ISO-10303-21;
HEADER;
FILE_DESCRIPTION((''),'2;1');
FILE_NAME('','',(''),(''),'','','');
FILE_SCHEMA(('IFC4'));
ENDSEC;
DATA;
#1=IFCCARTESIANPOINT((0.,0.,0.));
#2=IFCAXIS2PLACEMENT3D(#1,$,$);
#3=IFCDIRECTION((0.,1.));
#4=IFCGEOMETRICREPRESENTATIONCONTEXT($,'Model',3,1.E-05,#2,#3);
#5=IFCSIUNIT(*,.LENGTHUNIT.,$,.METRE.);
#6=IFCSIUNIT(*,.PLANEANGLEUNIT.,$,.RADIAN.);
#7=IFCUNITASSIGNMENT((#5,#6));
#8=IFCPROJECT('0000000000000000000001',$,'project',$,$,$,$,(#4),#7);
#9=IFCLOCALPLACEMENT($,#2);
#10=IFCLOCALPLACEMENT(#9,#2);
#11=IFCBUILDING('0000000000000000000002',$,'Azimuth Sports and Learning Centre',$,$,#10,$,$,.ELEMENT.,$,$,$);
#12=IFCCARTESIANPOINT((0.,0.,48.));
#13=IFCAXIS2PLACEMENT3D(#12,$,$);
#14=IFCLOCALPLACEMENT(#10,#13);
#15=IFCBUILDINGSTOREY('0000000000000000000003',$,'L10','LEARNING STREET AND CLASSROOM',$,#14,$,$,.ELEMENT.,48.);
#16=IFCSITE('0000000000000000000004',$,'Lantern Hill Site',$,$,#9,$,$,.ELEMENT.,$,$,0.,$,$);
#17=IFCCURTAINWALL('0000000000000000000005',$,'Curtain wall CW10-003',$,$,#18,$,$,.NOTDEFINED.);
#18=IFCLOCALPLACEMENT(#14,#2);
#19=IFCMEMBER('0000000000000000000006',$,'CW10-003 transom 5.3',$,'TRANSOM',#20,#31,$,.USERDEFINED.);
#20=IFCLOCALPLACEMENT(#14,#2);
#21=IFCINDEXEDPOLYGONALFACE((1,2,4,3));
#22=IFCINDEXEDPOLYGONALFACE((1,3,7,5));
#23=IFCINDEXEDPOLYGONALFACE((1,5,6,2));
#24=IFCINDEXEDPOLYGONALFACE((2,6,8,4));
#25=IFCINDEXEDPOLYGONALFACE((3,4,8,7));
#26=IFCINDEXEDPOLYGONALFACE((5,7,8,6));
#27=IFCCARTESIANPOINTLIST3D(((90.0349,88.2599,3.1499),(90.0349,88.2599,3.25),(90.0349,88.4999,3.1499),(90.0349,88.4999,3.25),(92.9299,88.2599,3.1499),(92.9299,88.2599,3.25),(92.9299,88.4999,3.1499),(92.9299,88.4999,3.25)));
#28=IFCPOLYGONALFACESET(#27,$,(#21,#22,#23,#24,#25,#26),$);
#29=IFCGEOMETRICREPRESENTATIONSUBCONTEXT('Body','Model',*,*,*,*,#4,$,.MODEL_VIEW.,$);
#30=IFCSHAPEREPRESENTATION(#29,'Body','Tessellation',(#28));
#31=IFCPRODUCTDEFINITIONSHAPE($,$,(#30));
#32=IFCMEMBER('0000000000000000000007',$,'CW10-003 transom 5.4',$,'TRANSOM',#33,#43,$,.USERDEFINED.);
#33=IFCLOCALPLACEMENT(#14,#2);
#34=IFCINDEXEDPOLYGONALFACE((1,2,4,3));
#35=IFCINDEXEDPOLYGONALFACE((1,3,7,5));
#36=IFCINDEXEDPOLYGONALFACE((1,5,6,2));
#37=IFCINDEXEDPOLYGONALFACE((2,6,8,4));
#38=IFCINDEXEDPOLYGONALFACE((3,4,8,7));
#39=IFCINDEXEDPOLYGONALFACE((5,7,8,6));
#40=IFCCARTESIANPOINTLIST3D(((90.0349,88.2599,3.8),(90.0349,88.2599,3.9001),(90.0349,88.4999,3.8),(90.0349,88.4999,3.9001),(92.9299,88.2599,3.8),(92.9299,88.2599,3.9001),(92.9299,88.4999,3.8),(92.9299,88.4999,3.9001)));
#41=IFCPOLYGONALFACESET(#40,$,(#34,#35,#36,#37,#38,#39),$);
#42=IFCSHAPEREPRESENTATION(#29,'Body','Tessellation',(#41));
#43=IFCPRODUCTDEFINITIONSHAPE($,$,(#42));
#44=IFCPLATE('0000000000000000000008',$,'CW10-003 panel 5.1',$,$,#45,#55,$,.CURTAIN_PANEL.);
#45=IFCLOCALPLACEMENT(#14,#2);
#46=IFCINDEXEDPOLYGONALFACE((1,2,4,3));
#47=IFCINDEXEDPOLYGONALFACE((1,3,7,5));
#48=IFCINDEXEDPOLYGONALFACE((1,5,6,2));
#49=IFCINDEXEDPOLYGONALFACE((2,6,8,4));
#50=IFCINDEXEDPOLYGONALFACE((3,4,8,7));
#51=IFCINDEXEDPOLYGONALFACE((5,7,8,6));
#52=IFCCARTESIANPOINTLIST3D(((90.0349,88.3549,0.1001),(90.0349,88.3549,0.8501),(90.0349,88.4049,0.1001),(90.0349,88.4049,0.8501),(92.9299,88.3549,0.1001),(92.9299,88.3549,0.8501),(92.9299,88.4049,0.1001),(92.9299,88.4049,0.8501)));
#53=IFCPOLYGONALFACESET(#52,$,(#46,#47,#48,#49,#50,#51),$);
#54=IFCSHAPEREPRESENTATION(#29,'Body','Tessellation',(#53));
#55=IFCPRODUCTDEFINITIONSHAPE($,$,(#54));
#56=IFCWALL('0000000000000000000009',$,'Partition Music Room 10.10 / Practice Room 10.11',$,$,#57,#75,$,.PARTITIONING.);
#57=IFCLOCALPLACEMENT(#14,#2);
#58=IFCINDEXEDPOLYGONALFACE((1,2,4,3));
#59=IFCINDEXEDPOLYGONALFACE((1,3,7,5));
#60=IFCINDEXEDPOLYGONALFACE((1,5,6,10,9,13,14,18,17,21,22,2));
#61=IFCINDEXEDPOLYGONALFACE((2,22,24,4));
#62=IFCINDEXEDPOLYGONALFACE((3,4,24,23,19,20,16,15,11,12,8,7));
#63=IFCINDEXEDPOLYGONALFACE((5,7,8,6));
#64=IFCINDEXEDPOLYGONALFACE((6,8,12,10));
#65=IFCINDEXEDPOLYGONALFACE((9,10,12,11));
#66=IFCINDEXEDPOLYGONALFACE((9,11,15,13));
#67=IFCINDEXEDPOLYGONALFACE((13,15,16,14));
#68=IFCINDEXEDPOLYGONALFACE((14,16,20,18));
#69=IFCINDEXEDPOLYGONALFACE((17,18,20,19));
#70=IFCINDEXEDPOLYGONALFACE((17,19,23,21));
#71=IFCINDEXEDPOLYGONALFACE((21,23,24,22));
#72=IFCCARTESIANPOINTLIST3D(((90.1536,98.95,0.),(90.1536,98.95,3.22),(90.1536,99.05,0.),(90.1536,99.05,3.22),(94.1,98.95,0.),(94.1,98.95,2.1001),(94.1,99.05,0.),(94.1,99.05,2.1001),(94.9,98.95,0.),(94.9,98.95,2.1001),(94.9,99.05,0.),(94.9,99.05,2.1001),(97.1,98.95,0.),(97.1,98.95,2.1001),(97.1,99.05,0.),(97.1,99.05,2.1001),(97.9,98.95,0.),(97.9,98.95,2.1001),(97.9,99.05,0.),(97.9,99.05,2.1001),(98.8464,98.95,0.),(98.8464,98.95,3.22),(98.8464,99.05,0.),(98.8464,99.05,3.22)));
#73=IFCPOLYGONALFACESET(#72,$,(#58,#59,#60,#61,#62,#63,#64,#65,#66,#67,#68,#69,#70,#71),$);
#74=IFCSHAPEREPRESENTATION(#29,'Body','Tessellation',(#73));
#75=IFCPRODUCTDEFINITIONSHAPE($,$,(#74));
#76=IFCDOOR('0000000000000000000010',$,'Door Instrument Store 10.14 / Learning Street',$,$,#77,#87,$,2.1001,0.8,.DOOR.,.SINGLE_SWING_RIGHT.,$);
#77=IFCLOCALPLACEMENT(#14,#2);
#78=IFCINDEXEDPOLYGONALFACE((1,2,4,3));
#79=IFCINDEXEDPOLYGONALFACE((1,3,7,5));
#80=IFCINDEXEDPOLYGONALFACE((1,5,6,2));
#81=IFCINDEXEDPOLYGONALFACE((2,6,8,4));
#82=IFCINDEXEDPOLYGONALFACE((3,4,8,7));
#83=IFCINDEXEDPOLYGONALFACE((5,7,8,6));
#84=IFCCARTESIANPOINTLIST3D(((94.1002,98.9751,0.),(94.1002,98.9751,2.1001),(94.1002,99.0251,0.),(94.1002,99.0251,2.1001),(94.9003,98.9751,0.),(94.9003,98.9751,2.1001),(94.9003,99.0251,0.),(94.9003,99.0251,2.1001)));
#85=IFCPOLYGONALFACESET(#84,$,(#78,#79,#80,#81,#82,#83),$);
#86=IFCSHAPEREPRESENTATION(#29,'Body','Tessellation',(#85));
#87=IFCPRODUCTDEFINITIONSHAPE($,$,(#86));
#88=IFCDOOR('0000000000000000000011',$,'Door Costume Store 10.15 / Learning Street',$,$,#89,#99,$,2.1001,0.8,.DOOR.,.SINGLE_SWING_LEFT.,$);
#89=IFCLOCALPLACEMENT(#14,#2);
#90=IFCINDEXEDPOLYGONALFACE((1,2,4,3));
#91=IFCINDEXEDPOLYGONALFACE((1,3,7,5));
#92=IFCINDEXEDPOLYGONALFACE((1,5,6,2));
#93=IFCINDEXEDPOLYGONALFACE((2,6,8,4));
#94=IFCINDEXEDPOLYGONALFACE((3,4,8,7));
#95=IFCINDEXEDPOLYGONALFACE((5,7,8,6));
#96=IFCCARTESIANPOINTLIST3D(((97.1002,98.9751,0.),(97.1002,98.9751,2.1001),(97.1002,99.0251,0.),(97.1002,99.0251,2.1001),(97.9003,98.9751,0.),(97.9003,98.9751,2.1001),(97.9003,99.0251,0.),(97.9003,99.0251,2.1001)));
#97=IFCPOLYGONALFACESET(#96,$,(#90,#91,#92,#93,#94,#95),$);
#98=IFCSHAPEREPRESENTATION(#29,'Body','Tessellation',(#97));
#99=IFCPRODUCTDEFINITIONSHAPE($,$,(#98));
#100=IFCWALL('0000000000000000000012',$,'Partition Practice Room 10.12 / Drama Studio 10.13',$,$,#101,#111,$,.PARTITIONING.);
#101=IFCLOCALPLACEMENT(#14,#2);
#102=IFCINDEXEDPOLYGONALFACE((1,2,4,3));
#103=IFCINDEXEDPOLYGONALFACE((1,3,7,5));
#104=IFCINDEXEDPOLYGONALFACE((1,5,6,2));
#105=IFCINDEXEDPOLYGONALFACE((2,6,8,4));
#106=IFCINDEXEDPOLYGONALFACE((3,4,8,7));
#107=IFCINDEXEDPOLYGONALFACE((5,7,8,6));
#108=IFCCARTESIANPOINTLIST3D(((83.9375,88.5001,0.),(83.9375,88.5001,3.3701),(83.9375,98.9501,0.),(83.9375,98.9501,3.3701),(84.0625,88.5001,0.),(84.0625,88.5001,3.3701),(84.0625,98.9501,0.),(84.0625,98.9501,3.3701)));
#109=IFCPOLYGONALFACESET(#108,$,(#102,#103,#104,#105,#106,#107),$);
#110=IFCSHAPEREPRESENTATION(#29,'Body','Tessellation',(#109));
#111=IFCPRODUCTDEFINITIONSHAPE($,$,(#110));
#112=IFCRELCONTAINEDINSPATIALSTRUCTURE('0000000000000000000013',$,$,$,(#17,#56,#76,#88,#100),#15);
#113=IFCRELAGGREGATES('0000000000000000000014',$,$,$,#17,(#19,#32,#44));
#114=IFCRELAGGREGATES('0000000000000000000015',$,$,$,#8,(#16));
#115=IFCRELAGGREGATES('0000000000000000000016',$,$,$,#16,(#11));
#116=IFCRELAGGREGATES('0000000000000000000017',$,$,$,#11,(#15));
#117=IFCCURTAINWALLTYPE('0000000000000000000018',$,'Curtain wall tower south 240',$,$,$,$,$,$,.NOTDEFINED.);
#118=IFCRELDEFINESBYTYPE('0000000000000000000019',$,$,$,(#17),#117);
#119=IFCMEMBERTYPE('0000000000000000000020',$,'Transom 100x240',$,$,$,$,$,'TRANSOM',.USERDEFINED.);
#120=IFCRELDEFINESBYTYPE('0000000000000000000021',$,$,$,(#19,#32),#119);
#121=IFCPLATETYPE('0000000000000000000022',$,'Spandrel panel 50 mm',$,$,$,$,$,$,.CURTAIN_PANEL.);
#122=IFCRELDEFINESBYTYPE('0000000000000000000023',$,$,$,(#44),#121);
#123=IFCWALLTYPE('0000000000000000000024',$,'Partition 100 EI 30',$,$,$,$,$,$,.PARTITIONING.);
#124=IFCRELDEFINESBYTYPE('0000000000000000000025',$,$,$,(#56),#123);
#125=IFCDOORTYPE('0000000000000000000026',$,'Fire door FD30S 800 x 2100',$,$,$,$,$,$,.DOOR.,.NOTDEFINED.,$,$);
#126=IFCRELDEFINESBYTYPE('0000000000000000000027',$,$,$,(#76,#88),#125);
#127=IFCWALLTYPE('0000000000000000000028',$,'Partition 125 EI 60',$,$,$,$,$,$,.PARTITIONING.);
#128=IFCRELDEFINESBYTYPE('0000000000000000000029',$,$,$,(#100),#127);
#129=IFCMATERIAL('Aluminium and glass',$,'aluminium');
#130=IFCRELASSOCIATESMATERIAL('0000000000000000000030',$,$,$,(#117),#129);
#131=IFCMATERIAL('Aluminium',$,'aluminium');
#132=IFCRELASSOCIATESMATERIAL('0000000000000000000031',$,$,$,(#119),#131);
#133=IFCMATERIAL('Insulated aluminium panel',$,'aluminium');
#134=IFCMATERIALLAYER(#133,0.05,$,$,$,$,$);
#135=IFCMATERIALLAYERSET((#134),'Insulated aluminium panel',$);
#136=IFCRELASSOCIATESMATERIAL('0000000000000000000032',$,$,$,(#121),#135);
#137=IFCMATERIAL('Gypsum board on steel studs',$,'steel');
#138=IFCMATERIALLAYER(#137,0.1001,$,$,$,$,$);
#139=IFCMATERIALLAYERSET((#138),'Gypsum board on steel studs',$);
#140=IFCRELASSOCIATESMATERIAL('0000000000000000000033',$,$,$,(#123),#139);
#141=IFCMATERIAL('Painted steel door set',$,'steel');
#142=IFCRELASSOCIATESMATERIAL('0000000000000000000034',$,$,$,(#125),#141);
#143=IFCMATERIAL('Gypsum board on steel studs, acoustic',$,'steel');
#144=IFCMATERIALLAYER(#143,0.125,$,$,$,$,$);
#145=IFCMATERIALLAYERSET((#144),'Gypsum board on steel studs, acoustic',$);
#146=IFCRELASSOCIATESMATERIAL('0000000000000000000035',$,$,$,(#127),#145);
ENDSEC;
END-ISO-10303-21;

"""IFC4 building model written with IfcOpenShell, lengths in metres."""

from ifc_helpers import new_model, si_unit, direction, frame, frame_2d, origin, origin_2d, place, context, subcontext, project, spatial, rectangle, extrude, material, layer, layer_set, material_profile, profile_set, type_object, element, fill, aggregate, save


model = new_model("IFC4")

# Units and contexts
model_context = context("Model", 3, precision=1e-05, world=origin(), true_north=direction((0.0, 1.0)))
body_context = subcontext(model_context, "Body", "Model", "MODEL_VIEW")
ifc_project = project(units=[si_unit("LENGTHUNIT", "METRE"), si_unit("PLANEANGLEUNIT", "RADIAN")], contexts=[model_context])

# Site, building, storey
site_placement = place(None, origin())
site = spatial("IfcSite", under=ifc_project, at=site_placement, Name="Lantern Hill Site", CompositionType="ELEMENT", RefElevation=0.0)
building_placement = place(site_placement, origin())
building = spatial("IfcBuilding", under=site, at=building_placement, Name="Azimuth Sports and Learning Centre", CompositionType="ELEMENT")
storey_placement = place(building_placement, frame((0.0, 0.0, 48.0)))
storey = spatial("IfcBuildingStorey", under=building, at=storey_placement, Name="L10", Description="LEARNING STREET AND CLASSROOM", CompositionType="ELEMENT", Elevation=48.0)

# Curtain wall, members, plate
ifc_material_1 = material(Name="Aluminium and glass", Category="aluminium")
curtain_wall_type = type_object("IfcCurtainWallType", Name="Curtain wall tower south 240", PredefinedType="NOTDEFINED", material=ifc_material_1)
curtain_wall_placement = place(storey_placement, origin())
curtain_wall = element("IfcCurtainWall", 1, at=curtain_wall_placement, inside=storey, type_object=curtain_wall_type, Name="Curtain wall CW10-003", PredefinedType="NOTDEFINED")
ifc_material_2 = material(Name="Aluminium", Category="aluminium")
ifc_material_profile_1 = material_profile(ifc_material_2, rectangle(XDim=0.24, YDim=0.1001, at=origin_2d()), Name="Transom 100x240")
ifc_profile_set_1 = profile_set([ifc_material_profile_1], Name="Aluminium")
member_type = type_object("IfcMemberType", Name="Transom 100x240", ElementType="TRANSOM", PredefinedType="USERDEFINED", material=ifc_profile_set_1)
member_1_placement = place(storey_placement, frame((90.0349, 88.3799, 3.2), z_axis=(1.0, 0.0, 0.0), x_axis=(0.0, 1.0, 0.0)))
member_1 = element("IfcMember", 2, at=member_1_placement, type_object=member_type, Name="CW10-003 transom 5.3", ObjectType="TRANSOM", PredefinedType="USERDEFINED", context=body_context, shape_type="SweptSolid", body=[
    extrude(rectangle(XDim=0.24, YDim=0.1001, at=origin_2d()), origin(), (0.0, 0.0, 1.0), 2.895),
])
member_2_placement = place(storey_placement, frame((90.0349, 88.3799, 3.8501), z_axis=(1.0, 0.0, 0.0), x_axis=(0.0, 1.0, 0.0)))
member_2 = element("IfcMember", 3, at=member_2_placement, type_object=member_type, Name="CW10-003 transom 5.4", ObjectType="TRANSOM", PredefinedType="USERDEFINED", context=body_context, shape_type="SweptSolid", body=[
    extrude(rectangle(XDim=0.24, YDim=0.1001, at=origin_2d()), origin(), (0.0, 0.0, 1.0), 2.895),
])
ifc_material_3 = material(Name="Insulated aluminium panel", Category="aluminium")
ifc_layer_1 = layer(ifc_material_3, 0.05)
ifc_layer_set_1 = layer_set([ifc_layer_1], Name="Insulated aluminium panel")
plate_type = type_object("IfcPlateType", Name="Spandrel panel 50 mm", PredefinedType="CURTAIN_PANEL", material=ifc_layer_set_1)
plate_placement = place(storey_placement, frame((91.4824, 88.3799, 0.1001), z_axis=(0.0, 0.0, 1.0), x_axis=(1.0, 0.0, 0.0)))
plate = element("IfcPlate", 4, at=plate_placement, type_object=plate_type, Name="CW10-003 panel 5.1", PredefinedType="CURTAIN_PANEL", context=body_context, shape_type="SweptSolid", body=[
    extrude(rectangle(XDim=2.895, YDim=0.05, at=origin_2d()), origin(), (0.0, 0.0, 1.0), 0.75),
])
aggregate(curtain_wall, [member_1, member_2, plate])

# Wall, openings, doors
ifc_material_4 = material(Name="Gypsum board on steel studs", Category="steel")
ifc_layer_2 = layer(ifc_material_4, 0.1001)
ifc_layer_set_2 = layer_set([ifc_layer_2], Name="Gypsum board on steel studs")
wall_type_1 = type_object("IfcWallType", Name="Partition 100 EI 30", PredefinedType="PARTITIONING", material=ifc_layer_set_2)
wall_1_placement = place(storey_placement, frame((90.1536, 99.0, 0.0), z_axis=(0.0, 0.0, 1.0), x_axis=(1.0, 0.0, 0.0)))
wall_1 = element("IfcWall", 5, at=wall_1_placement, inside=storey, type_object=wall_type_1, Name="Partition Music Room 10.10 / Practice Room 10.11", PredefinedType="PARTITIONING", context=body_context, shape_type="SweptSolid", body=[
    extrude(rectangle(XDim=8.6929, YDim=0.1001, at=frame_2d((4.3464, 0.0))), origin(), (0.0, 0.0, 1.0), 3.22),
])
opening_1_placement = place(wall_1_placement, frame((3.9465, 0.0, 0.0)))
opening_1 = element("IfcOpeningElement", 6, at=opening_1_placement, cuts=wall_1, PredefinedType="OPENING", context=body_context, shape_type="SweptSolid", body=[
    extrude(rectangle(XDim=0.8, YDim=2.1001, at=frame_2d((0.3999, 1.05))), frame((0.0, 0.061, 0.0), z_axis=(0.0, -1.0, 0.0), x_axis=(1.0, 0.0, 0.0)), (0.0, 0.0, 1.0), 0.1221),
])
opening_2_placement = place(wall_1_placement, frame((6.9465, 0.0, 0.0)))
opening_2 = element("IfcOpeningElement", 7, at=opening_2_placement, cuts=wall_1, PredefinedType="OPENING", context=body_context, shape_type="SweptSolid", body=[
    extrude(rectangle(XDim=0.8, YDim=2.1001, at=frame_2d((0.3999, 1.05))), frame((0.0, 0.061, 0.0), z_axis=(0.0, -1.0, 0.0), x_axis=(1.0, 0.0, 0.0)), (0.0, 0.0, 1.0), 0.1221),
])
ifc_material_5 = material(Name="Painted steel door set", Category="steel")
door_type = type_object("IfcDoorType", Name="Fire door FD30S 800 x 2100", OperationType="NOTDEFINED", PredefinedType="DOOR", material=ifc_material_5)
door_1_placement = place(opening_1_placement, frame((0.8, 0.0, 0.0), z_axis=(0.0, 0.0, 1.0), x_axis=(-1.0, 0.0, 0.0)))
door_1 = element("IfcDoor", 8, at=door_1_placement, inside=storey, type_object=door_type, Name="Door Instrument Store 10.14 / Learning Street", OperationType="SINGLE_SWING_RIGHT", OverallHeight=2.1001, OverallWidth=0.8, PredefinedType="DOOR", context=body_context, shape_type="SweptSolid", body=[
    extrude(rectangle(XDim=0.8, YDim=2.1001, at=frame_2d((0.3999, 1.05))), frame((0.0, 0.0249, 0.0), z_axis=(0.0, -1.0, 0.0), x_axis=(1.0, 0.0, 0.0)), (0.0, 0.0, 1.0), 0.05),
])
fill(opening_1, door_1)
door_2_placement = place(opening_2_placement, frame((0.8, 0.0, 0.0), z_axis=(0.0, 0.0, 1.0), x_axis=(-1.0, 0.0, 0.0)))
door_2 = element("IfcDoor", 9, at=door_2_placement, inside=storey, type_object=door_type, Name="Door Costume Store 10.15 / Learning Street", OperationType="SINGLE_SWING_LEFT", OverallHeight=2.1001, OverallWidth=0.8, PredefinedType="DOOR", context=body_context, shape_type="SweptSolid", body=[
    extrude(rectangle(XDim=0.8, YDim=2.1001, at=frame_2d((0.3999, 1.05))), frame((0.0, 0.0249, 0.0), z_axis=(0.0, -1.0, 0.0), x_axis=(1.0, 0.0, 0.0)), (0.0, 0.0, 1.0), 0.05),
])
fill(opening_2, door_2)

# Wall
ifc_material_6 = material(Name="Gypsum board on steel studs, acoustic", Category="steel")
ifc_layer_3 = layer(ifc_material_6, 0.125)
ifc_layer_set_3 = layer_set([ifc_layer_3], Name="Gypsum board on steel studs, acoustic")
wall_type_2 = type_object("IfcWallType", Name="Partition 125 EI 60", PredefinedType="PARTITIONING", material=ifc_layer_set_3)
wall_2_placement = place(storey_placement, frame((84.0, 88.5, 0.0), z_axis=(0.0, 0.0, 1.0), x_axis=(0.0, 1.0, 0.0)))
element("IfcWall", 10, at=wall_2_placement, inside=storey, type_object=wall_type_2, Name="Partition Practice Room 10.12 / Drama Studio 10.13", PredefinedType="PARTITIONING", context=body_context, shape_type="SweptSolid", body=[
    extrude(rectangle(XDim=10.45, YDim=0.125, at=frame_2d((5.2251, 0.0))), origin(), (0.0, 0.0, 1.0), 3.3701),
])

save(model, "model.ifc")
